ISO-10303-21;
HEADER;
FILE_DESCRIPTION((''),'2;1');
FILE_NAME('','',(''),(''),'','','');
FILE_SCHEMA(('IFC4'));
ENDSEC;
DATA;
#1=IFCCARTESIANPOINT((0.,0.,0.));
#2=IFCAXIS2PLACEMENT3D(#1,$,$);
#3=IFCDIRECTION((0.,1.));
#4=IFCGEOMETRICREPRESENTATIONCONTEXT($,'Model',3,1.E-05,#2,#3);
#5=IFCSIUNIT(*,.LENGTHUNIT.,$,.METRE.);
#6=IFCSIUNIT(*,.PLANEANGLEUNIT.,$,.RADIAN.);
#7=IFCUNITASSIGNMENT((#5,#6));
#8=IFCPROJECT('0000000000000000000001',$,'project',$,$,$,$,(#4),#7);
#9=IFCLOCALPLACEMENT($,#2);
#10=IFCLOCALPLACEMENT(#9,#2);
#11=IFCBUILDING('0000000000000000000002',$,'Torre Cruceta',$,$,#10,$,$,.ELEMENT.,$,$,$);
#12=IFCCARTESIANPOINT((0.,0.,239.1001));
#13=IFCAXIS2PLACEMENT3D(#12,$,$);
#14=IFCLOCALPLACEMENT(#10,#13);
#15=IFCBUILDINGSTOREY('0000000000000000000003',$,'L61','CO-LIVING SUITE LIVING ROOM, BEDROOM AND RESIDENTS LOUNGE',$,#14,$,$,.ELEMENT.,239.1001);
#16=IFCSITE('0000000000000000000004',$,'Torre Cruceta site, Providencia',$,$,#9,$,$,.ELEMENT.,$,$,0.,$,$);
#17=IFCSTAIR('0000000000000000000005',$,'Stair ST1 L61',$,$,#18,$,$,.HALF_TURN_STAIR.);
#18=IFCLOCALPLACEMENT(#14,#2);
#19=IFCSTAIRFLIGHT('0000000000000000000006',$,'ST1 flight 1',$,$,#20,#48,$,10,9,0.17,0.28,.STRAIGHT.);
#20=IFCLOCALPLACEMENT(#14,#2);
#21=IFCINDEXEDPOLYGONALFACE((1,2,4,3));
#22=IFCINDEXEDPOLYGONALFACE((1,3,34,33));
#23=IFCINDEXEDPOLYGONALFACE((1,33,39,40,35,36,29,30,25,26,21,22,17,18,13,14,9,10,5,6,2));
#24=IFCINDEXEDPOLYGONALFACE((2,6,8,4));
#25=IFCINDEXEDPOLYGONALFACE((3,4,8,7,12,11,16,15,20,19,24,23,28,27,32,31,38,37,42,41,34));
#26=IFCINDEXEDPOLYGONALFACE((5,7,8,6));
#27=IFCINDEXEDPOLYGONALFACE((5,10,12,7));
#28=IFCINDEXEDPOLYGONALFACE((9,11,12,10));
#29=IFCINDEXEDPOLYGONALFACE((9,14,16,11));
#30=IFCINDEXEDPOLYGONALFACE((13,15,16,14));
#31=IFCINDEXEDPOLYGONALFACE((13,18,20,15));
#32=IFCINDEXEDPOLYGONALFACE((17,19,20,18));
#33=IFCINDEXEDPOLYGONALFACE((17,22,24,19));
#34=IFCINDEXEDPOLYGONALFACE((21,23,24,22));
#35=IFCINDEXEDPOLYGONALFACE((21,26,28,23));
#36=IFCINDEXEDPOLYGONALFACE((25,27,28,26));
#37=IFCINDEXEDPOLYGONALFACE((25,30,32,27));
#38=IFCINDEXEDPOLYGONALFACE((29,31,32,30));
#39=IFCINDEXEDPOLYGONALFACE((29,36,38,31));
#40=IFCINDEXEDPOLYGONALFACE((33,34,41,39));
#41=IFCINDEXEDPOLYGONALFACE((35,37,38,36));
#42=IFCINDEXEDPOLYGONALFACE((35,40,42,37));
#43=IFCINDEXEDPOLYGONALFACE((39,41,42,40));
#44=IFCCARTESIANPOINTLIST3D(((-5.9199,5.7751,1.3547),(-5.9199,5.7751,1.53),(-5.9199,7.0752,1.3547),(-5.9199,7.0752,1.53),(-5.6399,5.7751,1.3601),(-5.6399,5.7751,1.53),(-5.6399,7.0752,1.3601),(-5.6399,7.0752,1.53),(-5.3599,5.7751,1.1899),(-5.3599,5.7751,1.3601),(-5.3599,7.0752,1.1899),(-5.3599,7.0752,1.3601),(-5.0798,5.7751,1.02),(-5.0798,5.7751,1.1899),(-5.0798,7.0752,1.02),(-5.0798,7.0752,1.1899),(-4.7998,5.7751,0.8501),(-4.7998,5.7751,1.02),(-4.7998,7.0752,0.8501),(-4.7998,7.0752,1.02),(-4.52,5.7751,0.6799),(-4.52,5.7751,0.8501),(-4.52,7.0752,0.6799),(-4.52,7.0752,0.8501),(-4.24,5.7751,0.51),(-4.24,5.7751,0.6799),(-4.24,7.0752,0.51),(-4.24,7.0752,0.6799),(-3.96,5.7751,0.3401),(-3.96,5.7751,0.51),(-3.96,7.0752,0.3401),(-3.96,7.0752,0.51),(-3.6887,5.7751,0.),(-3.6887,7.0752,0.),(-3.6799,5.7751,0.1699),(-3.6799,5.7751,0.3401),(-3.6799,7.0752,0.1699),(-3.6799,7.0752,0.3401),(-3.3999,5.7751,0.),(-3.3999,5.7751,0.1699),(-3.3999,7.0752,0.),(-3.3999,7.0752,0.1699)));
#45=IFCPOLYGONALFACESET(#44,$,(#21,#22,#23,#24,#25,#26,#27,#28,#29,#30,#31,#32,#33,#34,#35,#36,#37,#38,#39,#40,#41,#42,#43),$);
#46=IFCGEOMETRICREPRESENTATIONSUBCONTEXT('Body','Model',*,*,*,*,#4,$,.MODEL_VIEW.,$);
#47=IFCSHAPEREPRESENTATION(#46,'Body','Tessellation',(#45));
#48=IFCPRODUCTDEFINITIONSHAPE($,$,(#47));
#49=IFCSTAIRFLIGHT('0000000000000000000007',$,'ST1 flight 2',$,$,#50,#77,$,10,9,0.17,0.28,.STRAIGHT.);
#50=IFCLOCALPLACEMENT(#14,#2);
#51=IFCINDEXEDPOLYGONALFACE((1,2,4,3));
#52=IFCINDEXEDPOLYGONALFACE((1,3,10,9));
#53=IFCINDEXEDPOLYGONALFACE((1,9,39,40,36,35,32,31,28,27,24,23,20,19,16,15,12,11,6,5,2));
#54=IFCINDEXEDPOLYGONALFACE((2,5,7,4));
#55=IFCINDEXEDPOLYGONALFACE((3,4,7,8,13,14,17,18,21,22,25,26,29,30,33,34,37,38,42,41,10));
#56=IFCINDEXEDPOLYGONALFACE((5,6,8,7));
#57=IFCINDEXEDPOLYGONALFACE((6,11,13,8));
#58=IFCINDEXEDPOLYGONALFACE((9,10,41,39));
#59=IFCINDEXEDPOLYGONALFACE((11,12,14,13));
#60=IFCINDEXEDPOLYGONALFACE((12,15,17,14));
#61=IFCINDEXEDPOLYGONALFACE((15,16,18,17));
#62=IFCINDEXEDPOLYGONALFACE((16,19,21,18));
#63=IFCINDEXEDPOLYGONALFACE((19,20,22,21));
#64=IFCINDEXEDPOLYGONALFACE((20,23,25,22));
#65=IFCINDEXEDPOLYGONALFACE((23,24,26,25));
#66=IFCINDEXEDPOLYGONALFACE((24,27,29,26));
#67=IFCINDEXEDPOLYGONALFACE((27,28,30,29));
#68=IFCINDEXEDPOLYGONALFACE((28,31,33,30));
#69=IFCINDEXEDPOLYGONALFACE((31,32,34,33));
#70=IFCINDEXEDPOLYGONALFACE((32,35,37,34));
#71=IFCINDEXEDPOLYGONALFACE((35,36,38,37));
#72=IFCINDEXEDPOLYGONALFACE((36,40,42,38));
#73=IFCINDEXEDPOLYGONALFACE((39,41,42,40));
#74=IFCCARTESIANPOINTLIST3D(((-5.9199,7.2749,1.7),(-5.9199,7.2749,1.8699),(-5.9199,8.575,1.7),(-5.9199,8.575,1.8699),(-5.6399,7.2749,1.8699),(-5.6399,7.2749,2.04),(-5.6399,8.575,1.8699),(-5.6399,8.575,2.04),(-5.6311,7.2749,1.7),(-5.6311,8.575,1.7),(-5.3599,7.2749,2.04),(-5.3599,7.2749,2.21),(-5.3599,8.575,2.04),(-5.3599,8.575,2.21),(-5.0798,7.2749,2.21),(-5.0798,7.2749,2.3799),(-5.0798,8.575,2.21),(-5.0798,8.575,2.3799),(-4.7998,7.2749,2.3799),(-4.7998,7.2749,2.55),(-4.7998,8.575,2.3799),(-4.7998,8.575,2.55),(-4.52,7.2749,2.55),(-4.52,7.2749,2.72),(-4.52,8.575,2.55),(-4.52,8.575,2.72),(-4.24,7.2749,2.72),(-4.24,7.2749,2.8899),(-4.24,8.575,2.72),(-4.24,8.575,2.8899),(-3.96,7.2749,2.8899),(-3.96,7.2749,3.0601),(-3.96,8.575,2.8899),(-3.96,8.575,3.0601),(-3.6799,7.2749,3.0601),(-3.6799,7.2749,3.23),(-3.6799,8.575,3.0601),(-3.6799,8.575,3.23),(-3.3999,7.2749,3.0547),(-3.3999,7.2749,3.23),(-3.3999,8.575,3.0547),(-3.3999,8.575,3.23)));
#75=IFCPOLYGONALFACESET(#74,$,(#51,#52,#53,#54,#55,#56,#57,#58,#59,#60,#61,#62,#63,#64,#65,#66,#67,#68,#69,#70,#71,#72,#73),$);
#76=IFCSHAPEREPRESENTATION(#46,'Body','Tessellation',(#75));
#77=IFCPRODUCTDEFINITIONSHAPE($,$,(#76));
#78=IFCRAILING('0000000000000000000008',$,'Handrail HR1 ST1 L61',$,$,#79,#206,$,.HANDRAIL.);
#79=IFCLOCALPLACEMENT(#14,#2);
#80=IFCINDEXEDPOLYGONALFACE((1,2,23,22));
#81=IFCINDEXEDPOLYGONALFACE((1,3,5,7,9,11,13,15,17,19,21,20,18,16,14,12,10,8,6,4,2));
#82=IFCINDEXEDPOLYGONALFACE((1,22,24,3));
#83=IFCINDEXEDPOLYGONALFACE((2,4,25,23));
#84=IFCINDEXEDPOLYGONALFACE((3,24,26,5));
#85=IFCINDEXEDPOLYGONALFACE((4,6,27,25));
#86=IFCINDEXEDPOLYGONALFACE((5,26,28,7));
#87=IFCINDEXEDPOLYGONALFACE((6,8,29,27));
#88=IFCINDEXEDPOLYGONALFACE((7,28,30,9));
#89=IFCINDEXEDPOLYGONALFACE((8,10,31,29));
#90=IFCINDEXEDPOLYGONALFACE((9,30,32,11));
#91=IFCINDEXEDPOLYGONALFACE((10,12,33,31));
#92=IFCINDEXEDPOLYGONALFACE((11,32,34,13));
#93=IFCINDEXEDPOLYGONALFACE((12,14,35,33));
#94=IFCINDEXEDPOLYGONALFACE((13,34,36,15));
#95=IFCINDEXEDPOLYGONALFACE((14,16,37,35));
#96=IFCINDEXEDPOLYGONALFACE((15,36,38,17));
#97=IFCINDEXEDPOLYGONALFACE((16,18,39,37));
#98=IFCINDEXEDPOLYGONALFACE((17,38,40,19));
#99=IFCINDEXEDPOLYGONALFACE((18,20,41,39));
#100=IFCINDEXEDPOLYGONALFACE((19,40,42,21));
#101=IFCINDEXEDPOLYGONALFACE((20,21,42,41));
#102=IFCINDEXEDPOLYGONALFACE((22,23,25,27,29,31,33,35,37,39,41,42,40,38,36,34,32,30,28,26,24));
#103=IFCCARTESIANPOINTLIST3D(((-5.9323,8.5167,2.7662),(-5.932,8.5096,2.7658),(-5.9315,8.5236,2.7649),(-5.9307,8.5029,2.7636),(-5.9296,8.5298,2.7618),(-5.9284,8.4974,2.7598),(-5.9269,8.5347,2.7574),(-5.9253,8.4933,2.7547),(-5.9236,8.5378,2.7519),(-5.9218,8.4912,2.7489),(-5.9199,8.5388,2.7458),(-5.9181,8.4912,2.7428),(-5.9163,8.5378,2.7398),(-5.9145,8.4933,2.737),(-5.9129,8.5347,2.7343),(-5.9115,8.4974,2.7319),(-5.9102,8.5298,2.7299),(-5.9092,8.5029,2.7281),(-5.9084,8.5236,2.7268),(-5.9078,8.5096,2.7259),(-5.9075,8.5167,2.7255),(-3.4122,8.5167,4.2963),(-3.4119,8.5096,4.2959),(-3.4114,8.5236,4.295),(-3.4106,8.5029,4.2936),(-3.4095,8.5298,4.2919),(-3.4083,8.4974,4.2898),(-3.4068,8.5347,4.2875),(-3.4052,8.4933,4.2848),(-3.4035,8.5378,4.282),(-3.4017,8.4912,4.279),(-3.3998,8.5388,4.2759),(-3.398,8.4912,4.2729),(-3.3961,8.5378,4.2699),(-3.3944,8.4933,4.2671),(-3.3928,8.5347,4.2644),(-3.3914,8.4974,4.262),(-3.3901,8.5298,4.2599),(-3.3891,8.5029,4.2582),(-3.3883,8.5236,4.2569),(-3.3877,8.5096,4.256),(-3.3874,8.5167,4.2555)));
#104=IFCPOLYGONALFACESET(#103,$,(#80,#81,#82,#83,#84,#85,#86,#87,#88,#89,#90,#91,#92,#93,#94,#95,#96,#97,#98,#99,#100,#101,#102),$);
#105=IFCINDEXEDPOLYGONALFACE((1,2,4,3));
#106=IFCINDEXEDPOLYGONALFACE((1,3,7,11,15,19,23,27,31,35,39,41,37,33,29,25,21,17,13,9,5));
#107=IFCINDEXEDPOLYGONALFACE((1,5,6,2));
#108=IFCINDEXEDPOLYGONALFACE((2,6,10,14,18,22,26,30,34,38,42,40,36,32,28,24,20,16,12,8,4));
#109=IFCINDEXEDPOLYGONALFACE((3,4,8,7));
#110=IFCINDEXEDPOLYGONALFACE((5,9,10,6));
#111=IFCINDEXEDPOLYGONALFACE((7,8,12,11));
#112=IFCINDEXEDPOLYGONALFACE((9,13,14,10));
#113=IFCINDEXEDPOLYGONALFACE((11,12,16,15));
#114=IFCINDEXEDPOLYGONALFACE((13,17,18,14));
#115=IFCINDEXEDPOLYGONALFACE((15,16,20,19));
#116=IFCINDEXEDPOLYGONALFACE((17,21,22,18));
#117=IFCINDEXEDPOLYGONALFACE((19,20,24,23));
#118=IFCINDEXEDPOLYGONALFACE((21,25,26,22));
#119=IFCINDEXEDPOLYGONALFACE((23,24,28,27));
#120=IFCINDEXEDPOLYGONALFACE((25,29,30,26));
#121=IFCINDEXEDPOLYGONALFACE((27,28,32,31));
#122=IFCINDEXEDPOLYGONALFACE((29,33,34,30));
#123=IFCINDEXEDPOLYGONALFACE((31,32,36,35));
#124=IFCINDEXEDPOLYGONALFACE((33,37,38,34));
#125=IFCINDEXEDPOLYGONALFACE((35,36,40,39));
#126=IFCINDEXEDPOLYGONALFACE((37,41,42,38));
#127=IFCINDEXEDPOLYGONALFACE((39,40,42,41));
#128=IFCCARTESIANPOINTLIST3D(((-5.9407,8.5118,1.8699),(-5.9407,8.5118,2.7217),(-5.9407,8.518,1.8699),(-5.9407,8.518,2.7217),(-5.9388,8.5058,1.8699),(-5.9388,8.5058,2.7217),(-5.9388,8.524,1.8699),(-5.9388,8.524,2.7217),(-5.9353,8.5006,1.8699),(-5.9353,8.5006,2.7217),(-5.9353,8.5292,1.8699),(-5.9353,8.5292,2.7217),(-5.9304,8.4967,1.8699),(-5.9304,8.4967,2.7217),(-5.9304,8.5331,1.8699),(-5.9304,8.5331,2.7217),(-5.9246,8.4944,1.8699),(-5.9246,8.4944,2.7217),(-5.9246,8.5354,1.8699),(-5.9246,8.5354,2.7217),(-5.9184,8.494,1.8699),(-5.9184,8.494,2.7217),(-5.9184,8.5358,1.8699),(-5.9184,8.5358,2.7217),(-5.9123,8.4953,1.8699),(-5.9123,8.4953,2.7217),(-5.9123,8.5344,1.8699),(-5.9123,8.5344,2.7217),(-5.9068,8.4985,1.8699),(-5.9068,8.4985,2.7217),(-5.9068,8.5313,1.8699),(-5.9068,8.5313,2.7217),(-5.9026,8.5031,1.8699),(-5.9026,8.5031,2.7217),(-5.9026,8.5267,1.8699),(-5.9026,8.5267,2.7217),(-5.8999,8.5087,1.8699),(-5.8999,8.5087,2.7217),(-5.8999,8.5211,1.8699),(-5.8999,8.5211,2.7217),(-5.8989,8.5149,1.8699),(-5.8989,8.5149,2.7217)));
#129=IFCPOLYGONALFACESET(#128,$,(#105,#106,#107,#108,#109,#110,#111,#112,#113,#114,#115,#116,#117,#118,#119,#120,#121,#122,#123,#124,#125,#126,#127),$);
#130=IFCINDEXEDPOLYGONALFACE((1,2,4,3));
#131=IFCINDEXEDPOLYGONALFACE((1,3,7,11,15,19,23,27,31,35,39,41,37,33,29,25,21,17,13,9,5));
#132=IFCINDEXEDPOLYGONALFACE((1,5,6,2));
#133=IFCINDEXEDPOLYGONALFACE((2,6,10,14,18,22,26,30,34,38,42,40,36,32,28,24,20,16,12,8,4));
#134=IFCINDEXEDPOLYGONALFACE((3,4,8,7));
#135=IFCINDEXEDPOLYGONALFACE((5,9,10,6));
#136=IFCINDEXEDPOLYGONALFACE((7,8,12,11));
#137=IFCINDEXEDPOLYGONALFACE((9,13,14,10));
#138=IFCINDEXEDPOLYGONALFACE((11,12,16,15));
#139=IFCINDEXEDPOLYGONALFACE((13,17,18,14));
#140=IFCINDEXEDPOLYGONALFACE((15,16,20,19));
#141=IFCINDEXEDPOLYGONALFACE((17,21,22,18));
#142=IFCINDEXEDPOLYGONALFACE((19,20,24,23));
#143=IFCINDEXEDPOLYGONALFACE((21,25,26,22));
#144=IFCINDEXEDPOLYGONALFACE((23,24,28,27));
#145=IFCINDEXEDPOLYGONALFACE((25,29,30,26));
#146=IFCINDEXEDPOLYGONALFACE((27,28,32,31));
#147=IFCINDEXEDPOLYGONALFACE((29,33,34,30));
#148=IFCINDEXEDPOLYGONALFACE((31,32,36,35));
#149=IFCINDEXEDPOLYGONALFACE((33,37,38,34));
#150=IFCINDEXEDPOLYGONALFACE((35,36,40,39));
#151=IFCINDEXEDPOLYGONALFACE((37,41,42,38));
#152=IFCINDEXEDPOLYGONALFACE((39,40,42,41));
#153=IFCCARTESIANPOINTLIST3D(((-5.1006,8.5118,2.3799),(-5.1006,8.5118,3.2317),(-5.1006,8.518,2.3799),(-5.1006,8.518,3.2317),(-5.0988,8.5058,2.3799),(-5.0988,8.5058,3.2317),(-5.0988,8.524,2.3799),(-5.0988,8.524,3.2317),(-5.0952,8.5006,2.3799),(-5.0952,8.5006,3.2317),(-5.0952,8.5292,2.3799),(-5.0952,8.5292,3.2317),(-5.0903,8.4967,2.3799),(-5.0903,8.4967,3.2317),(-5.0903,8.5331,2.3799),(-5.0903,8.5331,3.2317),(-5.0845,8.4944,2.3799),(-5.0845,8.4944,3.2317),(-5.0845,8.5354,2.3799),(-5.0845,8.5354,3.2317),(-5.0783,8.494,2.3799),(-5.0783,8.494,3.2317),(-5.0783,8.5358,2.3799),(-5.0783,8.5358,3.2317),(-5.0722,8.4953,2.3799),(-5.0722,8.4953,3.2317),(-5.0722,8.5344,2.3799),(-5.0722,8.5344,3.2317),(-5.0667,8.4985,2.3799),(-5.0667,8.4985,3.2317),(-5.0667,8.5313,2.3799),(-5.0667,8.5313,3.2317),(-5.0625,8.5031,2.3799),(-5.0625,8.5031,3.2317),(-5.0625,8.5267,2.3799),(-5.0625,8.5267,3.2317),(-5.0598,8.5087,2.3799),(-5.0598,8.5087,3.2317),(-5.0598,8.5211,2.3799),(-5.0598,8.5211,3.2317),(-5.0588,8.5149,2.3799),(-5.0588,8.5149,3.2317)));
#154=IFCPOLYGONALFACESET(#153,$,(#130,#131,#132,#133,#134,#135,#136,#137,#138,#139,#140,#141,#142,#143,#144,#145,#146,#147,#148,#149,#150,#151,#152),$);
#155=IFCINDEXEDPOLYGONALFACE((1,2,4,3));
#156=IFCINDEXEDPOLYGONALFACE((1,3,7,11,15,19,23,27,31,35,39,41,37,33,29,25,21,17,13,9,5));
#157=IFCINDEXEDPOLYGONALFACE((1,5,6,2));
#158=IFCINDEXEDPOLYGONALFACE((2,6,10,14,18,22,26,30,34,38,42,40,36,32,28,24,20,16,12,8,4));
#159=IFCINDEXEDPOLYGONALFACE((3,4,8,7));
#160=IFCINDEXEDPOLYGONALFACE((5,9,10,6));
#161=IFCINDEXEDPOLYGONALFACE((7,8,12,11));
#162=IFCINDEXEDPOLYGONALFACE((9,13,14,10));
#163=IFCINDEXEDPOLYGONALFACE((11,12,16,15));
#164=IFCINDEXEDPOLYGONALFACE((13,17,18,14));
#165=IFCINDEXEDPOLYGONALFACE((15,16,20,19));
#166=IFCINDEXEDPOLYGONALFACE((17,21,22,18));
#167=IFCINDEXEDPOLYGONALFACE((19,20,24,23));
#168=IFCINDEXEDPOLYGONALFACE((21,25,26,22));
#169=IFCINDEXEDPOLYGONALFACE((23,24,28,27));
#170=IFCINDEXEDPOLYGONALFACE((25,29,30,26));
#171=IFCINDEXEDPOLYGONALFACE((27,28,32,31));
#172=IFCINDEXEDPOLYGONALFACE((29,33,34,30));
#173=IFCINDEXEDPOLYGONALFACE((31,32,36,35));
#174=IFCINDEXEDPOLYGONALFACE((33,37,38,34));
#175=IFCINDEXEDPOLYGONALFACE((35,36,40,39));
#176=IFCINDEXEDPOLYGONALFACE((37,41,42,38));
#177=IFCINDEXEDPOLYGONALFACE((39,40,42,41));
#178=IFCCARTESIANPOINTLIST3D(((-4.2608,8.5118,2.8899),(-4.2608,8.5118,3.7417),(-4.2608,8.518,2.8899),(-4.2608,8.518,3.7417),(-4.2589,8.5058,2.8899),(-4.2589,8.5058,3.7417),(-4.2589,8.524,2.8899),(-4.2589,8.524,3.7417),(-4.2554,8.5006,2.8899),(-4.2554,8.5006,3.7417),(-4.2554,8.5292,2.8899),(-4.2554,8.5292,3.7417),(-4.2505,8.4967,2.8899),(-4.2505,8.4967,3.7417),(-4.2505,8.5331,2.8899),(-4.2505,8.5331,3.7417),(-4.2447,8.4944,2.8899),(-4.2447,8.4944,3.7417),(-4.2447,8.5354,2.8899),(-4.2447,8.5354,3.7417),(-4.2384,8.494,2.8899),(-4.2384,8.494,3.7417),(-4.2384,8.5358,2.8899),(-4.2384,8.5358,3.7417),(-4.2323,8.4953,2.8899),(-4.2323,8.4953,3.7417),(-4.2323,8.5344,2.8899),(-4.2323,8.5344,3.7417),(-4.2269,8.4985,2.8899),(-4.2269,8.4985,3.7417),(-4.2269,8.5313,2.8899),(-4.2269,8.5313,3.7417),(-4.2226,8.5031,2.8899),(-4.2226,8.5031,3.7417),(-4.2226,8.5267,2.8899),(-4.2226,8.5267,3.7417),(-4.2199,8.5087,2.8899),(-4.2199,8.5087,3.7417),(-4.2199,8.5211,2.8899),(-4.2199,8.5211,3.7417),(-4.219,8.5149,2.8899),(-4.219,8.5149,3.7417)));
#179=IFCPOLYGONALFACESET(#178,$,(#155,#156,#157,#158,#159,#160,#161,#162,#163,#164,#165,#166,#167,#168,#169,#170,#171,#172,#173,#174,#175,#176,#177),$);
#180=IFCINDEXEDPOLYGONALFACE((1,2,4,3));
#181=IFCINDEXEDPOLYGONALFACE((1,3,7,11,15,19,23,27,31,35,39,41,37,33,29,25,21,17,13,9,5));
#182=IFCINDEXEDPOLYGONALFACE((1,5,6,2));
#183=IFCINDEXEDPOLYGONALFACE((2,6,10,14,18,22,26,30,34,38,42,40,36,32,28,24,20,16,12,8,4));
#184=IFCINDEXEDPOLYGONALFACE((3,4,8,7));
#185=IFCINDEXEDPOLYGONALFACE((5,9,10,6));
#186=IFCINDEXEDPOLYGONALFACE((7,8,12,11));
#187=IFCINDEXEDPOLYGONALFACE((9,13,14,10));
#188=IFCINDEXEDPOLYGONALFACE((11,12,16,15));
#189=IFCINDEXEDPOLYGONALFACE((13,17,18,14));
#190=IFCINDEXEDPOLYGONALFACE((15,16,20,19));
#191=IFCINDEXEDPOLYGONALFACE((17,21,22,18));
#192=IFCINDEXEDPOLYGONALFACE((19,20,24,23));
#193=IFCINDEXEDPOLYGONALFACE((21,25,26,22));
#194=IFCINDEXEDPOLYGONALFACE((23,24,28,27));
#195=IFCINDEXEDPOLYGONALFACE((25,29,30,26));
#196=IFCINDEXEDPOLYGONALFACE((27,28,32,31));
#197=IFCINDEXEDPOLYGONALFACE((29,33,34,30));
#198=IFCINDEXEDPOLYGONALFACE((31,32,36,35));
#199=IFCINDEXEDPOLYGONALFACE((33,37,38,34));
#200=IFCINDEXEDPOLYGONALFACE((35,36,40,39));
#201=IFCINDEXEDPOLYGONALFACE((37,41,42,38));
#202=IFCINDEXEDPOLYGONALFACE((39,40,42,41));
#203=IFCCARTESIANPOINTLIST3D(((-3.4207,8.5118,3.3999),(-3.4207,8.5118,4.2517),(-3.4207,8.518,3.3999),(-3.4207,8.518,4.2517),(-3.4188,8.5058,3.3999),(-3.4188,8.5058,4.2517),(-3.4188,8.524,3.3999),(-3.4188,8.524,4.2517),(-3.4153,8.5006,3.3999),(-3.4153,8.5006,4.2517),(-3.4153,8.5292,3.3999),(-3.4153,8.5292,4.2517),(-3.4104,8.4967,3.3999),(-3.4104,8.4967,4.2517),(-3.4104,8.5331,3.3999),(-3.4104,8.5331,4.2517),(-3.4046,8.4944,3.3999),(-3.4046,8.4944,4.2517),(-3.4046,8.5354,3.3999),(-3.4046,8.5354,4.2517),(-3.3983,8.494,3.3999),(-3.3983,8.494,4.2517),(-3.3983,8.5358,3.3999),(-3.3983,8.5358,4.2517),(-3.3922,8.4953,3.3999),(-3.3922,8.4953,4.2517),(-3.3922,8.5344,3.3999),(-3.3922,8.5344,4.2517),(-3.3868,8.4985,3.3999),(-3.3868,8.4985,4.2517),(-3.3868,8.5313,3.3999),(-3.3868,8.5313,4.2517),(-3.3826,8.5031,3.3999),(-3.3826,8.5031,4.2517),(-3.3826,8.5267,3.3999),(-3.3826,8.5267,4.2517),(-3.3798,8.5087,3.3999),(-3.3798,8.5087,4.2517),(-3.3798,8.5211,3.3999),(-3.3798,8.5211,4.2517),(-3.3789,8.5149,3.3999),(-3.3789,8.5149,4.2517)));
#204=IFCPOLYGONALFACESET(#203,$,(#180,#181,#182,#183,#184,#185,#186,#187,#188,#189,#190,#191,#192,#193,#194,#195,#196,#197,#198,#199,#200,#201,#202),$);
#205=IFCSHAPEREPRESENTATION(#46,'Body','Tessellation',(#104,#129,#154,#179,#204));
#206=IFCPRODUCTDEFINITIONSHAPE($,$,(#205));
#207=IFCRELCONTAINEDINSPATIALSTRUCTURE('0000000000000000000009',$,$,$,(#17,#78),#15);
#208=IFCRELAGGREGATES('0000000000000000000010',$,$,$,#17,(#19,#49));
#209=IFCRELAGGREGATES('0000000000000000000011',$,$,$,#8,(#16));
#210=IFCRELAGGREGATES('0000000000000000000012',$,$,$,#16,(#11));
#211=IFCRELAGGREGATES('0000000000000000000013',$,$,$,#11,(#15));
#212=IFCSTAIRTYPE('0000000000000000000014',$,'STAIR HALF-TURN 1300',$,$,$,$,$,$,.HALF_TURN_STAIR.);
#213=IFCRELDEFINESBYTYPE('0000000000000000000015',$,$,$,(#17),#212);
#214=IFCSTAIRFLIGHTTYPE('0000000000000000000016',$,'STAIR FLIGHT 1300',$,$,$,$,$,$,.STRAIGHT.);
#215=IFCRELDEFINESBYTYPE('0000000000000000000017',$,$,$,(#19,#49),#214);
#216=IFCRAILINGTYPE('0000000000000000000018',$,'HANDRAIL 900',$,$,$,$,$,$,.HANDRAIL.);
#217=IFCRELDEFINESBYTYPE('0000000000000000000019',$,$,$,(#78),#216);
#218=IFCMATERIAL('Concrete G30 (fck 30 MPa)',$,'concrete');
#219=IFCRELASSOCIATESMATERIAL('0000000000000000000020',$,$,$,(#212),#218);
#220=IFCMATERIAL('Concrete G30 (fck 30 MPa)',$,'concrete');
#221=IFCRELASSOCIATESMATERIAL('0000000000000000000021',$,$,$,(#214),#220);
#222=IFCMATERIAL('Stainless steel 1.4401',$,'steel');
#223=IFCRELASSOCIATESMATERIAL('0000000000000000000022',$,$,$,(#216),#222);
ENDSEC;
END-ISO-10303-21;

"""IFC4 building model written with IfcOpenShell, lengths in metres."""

from ifc_helpers import new_model, si_unit, direction, frame, origin, origin_2d, place, context, subcontext, project, spatial, polyline, circle, outline, extrude, material, type_object, element, aggregate, save


model = new_model("IFC4")

# Units and contexts
model_context = context("Model", 3, precision=1e-05, world=origin(), true_north=direction((0.0, 1.0)))
body_context = subcontext(model_context, "Body", "Model", "MODEL_VIEW")
ifc_project = project(units=[si_unit("LENGTHUNIT", "METRE"), si_unit("PLANEANGLEUNIT", "RADIAN")], contexts=[model_context])

# Site, building, storey
site_placement = place(None, origin())
site = spatial("IfcSite", under=ifc_project, at=site_placement, Name="Torre Cruceta site, Providencia", CompositionType="ELEMENT", RefElevation=0.0)
building_placement = place(site_placement, origin())
building = spatial("IfcBuilding", under=site, at=building_placement, Name="Torre Cruceta", CompositionType="ELEMENT")
storey_placement = place(building_placement, frame((0.0, 0.0, 239.1001)))
storey = spatial("IfcBuildingStorey", under=building, at=storey_placement, Name="L61", Description="CO-LIVING SUITE LIVING ROOM, BEDROOM AND RESIDENTS LOUNGE", CompositionType="ELEMENT", Elevation=239.1001)

# Stair, stair flights
ifc_material_1 = material(Name="Concrete G30 (fck 30 MPa)", Category="concrete")
stair_type = type_object("IfcStairType", Name="STAIR HALF-TURN 1300", PredefinedType="HALF_TURN_STAIR", material=ifc_material_1)
stair_placement = place(storey_placement, origin())
stair = element("IfcStair", 1, at=stair_placement, inside=storey, type_object=stair_type, Name="Stair ST1 L61", PredefinedType="HALF_TURN_STAIR")
ifc_material_2 = material(Name="Concrete G30 (fck 30 MPa)", Category="concrete")
stair_flight_type = type_object("IfcStairFlightType", Name="STAIR FLIGHT 1300", PredefinedType="STRAIGHT", material=ifc_material_2)
stair_flight_1_placement = place(storey_placement, frame((-3.3999, 6.425, 0.0), z_axis=(0.0, 0.0, 1.0), x_axis=(-1.0, 0.0, 0.0)))
stair_flight_1 = element("IfcStairFlight", 2, at=stair_flight_1_placement, type_object=stair_flight_type, Name="ST1 flight 1", NumberOfRisers=10, NumberOfTreads=9, PredefinedType="STRAIGHT", RiserHeight=0.17, TreadLength=0.28, context=body_context, shape_type="SweptSolid", body=[
    extrude(outline(polyline([(0.0, 0.0), (0.0, 0.1699), (0.28, 0.1699), (0.28, 0.3401), (0.5601, 0.3401), (0.5601, 0.51), (0.8401, 0.51), (0.8401, 0.6799), (1.1201, 0.6799), (1.1201, 0.8501), (1.3999, 0.8501), (1.3999, 1.02), (1.6799, 1.02), (1.6799, 1.1899), (1.96, 1.1899), (1.96, 1.3601), (2.24, 1.3601), (2.24, 1.53), (2.52, 1.53), (2.52, 1.7), (2.52, 1.3547), (0.2888, 0.0), (0.0, 0.0)])), frame((0.0, 0.6499, 0.0), z_axis=(0.0, -1.0, 0.0), x_axis=(1.0, 0.0, 0.0)), (0.0, 0.0, 1.0), 1.3),
])
stair_flight_2_placement = place(storey_placement, frame((-5.9199, 7.925, 1.7), z_axis=(0.0, 0.0, 1.0), x_axis=(1.0, 0.0, 0.0)))
stair_flight_2 = element("IfcStairFlight", 3, at=stair_flight_2_placement, type_object=stair_flight_type, Name="ST1 flight 2", NumberOfRisers=10, NumberOfTreads=9, PredefinedType="STRAIGHT", RiserHeight=0.17, TreadLength=0.28, context=body_context, shape_type="SweptSolid", body=[
    extrude(outline(polyline([(0.0, 0.0), (0.0, 0.1699), (0.28, 0.1699), (0.28, 0.3401), (0.5601, 0.3401), (0.5601, 0.51), (0.8401, 0.51), (0.8401, 0.6799), (1.1201, 0.6799), (1.1201, 0.8501), (1.3999, 0.8501), (1.3999, 1.02), (1.6799, 1.02), (1.6799, 1.1899), (1.96, 1.1899), (1.96, 1.3601), (2.24, 1.3601), (2.24, 1.53), (2.52, 1.53), (2.52, 1.7), (2.52, 1.3547), (0.2888, 0.0), (0.0, 0.0)])), frame((0.0, 0.6499, 0.0), z_axis=(0.0, -1.0, 0.0), x_axis=(1.0, 0.0, 0.0)), (0.0, 0.0, 1.0), 1.3),
])
aggregate(stair, [stair_flight_1, stair_flight_2])

# Railing
ifc_material_3 = material(Name="Stainless steel 1.4401", Category="steel")
railing_type = type_object("IfcRailingType", Name="HANDRAIL 900", PredefinedType="HANDRAIL", material=ifc_material_3)
railing_1_placement = place(storey_placement, frame((-5.9199, 8.5149, 1.8699)))
element("IfcRailing", 4, at=railing_1_placement, inside=storey, type_object=railing_type, Name="Handrail HR1 ST1 L61", PredefinedType="HANDRAIL", context=body_context, shape_type="SweptSolid", body=[
    extrude(circle(Radius=0.0239, at=origin_2d()), frame((0.0, 0.0, 0.876), z_axis=(0.854785, 0.0, 0.518982), x_axis=(0.0, 1.0, 0.0)), (0.0, 0.0, 1.0), 2.9482),
    extrude(circle(Radius=0.021, at=origin_2d()), origin(), (0.0, 0.0, 1.0), 0.8518),
    extrude(circle(Radius=0.021, at=origin_2d()), frame((0.8401, 0.0, 0.51)), (0.0, 0.0, 1.0), 0.8518),
    extrude(circle(Radius=0.021, at=origin_2d()), frame((1.6799, 0.0, 1.02)), (0.0, 0.0, 1.0), 0.8518),
    extrude(circle(Radius=0.021, at=origin_2d()), frame((2.52, 0.0, 1.53)), (0.0, 0.0, 1.0), 0.8518),
])

save(model, "model.ifc")
